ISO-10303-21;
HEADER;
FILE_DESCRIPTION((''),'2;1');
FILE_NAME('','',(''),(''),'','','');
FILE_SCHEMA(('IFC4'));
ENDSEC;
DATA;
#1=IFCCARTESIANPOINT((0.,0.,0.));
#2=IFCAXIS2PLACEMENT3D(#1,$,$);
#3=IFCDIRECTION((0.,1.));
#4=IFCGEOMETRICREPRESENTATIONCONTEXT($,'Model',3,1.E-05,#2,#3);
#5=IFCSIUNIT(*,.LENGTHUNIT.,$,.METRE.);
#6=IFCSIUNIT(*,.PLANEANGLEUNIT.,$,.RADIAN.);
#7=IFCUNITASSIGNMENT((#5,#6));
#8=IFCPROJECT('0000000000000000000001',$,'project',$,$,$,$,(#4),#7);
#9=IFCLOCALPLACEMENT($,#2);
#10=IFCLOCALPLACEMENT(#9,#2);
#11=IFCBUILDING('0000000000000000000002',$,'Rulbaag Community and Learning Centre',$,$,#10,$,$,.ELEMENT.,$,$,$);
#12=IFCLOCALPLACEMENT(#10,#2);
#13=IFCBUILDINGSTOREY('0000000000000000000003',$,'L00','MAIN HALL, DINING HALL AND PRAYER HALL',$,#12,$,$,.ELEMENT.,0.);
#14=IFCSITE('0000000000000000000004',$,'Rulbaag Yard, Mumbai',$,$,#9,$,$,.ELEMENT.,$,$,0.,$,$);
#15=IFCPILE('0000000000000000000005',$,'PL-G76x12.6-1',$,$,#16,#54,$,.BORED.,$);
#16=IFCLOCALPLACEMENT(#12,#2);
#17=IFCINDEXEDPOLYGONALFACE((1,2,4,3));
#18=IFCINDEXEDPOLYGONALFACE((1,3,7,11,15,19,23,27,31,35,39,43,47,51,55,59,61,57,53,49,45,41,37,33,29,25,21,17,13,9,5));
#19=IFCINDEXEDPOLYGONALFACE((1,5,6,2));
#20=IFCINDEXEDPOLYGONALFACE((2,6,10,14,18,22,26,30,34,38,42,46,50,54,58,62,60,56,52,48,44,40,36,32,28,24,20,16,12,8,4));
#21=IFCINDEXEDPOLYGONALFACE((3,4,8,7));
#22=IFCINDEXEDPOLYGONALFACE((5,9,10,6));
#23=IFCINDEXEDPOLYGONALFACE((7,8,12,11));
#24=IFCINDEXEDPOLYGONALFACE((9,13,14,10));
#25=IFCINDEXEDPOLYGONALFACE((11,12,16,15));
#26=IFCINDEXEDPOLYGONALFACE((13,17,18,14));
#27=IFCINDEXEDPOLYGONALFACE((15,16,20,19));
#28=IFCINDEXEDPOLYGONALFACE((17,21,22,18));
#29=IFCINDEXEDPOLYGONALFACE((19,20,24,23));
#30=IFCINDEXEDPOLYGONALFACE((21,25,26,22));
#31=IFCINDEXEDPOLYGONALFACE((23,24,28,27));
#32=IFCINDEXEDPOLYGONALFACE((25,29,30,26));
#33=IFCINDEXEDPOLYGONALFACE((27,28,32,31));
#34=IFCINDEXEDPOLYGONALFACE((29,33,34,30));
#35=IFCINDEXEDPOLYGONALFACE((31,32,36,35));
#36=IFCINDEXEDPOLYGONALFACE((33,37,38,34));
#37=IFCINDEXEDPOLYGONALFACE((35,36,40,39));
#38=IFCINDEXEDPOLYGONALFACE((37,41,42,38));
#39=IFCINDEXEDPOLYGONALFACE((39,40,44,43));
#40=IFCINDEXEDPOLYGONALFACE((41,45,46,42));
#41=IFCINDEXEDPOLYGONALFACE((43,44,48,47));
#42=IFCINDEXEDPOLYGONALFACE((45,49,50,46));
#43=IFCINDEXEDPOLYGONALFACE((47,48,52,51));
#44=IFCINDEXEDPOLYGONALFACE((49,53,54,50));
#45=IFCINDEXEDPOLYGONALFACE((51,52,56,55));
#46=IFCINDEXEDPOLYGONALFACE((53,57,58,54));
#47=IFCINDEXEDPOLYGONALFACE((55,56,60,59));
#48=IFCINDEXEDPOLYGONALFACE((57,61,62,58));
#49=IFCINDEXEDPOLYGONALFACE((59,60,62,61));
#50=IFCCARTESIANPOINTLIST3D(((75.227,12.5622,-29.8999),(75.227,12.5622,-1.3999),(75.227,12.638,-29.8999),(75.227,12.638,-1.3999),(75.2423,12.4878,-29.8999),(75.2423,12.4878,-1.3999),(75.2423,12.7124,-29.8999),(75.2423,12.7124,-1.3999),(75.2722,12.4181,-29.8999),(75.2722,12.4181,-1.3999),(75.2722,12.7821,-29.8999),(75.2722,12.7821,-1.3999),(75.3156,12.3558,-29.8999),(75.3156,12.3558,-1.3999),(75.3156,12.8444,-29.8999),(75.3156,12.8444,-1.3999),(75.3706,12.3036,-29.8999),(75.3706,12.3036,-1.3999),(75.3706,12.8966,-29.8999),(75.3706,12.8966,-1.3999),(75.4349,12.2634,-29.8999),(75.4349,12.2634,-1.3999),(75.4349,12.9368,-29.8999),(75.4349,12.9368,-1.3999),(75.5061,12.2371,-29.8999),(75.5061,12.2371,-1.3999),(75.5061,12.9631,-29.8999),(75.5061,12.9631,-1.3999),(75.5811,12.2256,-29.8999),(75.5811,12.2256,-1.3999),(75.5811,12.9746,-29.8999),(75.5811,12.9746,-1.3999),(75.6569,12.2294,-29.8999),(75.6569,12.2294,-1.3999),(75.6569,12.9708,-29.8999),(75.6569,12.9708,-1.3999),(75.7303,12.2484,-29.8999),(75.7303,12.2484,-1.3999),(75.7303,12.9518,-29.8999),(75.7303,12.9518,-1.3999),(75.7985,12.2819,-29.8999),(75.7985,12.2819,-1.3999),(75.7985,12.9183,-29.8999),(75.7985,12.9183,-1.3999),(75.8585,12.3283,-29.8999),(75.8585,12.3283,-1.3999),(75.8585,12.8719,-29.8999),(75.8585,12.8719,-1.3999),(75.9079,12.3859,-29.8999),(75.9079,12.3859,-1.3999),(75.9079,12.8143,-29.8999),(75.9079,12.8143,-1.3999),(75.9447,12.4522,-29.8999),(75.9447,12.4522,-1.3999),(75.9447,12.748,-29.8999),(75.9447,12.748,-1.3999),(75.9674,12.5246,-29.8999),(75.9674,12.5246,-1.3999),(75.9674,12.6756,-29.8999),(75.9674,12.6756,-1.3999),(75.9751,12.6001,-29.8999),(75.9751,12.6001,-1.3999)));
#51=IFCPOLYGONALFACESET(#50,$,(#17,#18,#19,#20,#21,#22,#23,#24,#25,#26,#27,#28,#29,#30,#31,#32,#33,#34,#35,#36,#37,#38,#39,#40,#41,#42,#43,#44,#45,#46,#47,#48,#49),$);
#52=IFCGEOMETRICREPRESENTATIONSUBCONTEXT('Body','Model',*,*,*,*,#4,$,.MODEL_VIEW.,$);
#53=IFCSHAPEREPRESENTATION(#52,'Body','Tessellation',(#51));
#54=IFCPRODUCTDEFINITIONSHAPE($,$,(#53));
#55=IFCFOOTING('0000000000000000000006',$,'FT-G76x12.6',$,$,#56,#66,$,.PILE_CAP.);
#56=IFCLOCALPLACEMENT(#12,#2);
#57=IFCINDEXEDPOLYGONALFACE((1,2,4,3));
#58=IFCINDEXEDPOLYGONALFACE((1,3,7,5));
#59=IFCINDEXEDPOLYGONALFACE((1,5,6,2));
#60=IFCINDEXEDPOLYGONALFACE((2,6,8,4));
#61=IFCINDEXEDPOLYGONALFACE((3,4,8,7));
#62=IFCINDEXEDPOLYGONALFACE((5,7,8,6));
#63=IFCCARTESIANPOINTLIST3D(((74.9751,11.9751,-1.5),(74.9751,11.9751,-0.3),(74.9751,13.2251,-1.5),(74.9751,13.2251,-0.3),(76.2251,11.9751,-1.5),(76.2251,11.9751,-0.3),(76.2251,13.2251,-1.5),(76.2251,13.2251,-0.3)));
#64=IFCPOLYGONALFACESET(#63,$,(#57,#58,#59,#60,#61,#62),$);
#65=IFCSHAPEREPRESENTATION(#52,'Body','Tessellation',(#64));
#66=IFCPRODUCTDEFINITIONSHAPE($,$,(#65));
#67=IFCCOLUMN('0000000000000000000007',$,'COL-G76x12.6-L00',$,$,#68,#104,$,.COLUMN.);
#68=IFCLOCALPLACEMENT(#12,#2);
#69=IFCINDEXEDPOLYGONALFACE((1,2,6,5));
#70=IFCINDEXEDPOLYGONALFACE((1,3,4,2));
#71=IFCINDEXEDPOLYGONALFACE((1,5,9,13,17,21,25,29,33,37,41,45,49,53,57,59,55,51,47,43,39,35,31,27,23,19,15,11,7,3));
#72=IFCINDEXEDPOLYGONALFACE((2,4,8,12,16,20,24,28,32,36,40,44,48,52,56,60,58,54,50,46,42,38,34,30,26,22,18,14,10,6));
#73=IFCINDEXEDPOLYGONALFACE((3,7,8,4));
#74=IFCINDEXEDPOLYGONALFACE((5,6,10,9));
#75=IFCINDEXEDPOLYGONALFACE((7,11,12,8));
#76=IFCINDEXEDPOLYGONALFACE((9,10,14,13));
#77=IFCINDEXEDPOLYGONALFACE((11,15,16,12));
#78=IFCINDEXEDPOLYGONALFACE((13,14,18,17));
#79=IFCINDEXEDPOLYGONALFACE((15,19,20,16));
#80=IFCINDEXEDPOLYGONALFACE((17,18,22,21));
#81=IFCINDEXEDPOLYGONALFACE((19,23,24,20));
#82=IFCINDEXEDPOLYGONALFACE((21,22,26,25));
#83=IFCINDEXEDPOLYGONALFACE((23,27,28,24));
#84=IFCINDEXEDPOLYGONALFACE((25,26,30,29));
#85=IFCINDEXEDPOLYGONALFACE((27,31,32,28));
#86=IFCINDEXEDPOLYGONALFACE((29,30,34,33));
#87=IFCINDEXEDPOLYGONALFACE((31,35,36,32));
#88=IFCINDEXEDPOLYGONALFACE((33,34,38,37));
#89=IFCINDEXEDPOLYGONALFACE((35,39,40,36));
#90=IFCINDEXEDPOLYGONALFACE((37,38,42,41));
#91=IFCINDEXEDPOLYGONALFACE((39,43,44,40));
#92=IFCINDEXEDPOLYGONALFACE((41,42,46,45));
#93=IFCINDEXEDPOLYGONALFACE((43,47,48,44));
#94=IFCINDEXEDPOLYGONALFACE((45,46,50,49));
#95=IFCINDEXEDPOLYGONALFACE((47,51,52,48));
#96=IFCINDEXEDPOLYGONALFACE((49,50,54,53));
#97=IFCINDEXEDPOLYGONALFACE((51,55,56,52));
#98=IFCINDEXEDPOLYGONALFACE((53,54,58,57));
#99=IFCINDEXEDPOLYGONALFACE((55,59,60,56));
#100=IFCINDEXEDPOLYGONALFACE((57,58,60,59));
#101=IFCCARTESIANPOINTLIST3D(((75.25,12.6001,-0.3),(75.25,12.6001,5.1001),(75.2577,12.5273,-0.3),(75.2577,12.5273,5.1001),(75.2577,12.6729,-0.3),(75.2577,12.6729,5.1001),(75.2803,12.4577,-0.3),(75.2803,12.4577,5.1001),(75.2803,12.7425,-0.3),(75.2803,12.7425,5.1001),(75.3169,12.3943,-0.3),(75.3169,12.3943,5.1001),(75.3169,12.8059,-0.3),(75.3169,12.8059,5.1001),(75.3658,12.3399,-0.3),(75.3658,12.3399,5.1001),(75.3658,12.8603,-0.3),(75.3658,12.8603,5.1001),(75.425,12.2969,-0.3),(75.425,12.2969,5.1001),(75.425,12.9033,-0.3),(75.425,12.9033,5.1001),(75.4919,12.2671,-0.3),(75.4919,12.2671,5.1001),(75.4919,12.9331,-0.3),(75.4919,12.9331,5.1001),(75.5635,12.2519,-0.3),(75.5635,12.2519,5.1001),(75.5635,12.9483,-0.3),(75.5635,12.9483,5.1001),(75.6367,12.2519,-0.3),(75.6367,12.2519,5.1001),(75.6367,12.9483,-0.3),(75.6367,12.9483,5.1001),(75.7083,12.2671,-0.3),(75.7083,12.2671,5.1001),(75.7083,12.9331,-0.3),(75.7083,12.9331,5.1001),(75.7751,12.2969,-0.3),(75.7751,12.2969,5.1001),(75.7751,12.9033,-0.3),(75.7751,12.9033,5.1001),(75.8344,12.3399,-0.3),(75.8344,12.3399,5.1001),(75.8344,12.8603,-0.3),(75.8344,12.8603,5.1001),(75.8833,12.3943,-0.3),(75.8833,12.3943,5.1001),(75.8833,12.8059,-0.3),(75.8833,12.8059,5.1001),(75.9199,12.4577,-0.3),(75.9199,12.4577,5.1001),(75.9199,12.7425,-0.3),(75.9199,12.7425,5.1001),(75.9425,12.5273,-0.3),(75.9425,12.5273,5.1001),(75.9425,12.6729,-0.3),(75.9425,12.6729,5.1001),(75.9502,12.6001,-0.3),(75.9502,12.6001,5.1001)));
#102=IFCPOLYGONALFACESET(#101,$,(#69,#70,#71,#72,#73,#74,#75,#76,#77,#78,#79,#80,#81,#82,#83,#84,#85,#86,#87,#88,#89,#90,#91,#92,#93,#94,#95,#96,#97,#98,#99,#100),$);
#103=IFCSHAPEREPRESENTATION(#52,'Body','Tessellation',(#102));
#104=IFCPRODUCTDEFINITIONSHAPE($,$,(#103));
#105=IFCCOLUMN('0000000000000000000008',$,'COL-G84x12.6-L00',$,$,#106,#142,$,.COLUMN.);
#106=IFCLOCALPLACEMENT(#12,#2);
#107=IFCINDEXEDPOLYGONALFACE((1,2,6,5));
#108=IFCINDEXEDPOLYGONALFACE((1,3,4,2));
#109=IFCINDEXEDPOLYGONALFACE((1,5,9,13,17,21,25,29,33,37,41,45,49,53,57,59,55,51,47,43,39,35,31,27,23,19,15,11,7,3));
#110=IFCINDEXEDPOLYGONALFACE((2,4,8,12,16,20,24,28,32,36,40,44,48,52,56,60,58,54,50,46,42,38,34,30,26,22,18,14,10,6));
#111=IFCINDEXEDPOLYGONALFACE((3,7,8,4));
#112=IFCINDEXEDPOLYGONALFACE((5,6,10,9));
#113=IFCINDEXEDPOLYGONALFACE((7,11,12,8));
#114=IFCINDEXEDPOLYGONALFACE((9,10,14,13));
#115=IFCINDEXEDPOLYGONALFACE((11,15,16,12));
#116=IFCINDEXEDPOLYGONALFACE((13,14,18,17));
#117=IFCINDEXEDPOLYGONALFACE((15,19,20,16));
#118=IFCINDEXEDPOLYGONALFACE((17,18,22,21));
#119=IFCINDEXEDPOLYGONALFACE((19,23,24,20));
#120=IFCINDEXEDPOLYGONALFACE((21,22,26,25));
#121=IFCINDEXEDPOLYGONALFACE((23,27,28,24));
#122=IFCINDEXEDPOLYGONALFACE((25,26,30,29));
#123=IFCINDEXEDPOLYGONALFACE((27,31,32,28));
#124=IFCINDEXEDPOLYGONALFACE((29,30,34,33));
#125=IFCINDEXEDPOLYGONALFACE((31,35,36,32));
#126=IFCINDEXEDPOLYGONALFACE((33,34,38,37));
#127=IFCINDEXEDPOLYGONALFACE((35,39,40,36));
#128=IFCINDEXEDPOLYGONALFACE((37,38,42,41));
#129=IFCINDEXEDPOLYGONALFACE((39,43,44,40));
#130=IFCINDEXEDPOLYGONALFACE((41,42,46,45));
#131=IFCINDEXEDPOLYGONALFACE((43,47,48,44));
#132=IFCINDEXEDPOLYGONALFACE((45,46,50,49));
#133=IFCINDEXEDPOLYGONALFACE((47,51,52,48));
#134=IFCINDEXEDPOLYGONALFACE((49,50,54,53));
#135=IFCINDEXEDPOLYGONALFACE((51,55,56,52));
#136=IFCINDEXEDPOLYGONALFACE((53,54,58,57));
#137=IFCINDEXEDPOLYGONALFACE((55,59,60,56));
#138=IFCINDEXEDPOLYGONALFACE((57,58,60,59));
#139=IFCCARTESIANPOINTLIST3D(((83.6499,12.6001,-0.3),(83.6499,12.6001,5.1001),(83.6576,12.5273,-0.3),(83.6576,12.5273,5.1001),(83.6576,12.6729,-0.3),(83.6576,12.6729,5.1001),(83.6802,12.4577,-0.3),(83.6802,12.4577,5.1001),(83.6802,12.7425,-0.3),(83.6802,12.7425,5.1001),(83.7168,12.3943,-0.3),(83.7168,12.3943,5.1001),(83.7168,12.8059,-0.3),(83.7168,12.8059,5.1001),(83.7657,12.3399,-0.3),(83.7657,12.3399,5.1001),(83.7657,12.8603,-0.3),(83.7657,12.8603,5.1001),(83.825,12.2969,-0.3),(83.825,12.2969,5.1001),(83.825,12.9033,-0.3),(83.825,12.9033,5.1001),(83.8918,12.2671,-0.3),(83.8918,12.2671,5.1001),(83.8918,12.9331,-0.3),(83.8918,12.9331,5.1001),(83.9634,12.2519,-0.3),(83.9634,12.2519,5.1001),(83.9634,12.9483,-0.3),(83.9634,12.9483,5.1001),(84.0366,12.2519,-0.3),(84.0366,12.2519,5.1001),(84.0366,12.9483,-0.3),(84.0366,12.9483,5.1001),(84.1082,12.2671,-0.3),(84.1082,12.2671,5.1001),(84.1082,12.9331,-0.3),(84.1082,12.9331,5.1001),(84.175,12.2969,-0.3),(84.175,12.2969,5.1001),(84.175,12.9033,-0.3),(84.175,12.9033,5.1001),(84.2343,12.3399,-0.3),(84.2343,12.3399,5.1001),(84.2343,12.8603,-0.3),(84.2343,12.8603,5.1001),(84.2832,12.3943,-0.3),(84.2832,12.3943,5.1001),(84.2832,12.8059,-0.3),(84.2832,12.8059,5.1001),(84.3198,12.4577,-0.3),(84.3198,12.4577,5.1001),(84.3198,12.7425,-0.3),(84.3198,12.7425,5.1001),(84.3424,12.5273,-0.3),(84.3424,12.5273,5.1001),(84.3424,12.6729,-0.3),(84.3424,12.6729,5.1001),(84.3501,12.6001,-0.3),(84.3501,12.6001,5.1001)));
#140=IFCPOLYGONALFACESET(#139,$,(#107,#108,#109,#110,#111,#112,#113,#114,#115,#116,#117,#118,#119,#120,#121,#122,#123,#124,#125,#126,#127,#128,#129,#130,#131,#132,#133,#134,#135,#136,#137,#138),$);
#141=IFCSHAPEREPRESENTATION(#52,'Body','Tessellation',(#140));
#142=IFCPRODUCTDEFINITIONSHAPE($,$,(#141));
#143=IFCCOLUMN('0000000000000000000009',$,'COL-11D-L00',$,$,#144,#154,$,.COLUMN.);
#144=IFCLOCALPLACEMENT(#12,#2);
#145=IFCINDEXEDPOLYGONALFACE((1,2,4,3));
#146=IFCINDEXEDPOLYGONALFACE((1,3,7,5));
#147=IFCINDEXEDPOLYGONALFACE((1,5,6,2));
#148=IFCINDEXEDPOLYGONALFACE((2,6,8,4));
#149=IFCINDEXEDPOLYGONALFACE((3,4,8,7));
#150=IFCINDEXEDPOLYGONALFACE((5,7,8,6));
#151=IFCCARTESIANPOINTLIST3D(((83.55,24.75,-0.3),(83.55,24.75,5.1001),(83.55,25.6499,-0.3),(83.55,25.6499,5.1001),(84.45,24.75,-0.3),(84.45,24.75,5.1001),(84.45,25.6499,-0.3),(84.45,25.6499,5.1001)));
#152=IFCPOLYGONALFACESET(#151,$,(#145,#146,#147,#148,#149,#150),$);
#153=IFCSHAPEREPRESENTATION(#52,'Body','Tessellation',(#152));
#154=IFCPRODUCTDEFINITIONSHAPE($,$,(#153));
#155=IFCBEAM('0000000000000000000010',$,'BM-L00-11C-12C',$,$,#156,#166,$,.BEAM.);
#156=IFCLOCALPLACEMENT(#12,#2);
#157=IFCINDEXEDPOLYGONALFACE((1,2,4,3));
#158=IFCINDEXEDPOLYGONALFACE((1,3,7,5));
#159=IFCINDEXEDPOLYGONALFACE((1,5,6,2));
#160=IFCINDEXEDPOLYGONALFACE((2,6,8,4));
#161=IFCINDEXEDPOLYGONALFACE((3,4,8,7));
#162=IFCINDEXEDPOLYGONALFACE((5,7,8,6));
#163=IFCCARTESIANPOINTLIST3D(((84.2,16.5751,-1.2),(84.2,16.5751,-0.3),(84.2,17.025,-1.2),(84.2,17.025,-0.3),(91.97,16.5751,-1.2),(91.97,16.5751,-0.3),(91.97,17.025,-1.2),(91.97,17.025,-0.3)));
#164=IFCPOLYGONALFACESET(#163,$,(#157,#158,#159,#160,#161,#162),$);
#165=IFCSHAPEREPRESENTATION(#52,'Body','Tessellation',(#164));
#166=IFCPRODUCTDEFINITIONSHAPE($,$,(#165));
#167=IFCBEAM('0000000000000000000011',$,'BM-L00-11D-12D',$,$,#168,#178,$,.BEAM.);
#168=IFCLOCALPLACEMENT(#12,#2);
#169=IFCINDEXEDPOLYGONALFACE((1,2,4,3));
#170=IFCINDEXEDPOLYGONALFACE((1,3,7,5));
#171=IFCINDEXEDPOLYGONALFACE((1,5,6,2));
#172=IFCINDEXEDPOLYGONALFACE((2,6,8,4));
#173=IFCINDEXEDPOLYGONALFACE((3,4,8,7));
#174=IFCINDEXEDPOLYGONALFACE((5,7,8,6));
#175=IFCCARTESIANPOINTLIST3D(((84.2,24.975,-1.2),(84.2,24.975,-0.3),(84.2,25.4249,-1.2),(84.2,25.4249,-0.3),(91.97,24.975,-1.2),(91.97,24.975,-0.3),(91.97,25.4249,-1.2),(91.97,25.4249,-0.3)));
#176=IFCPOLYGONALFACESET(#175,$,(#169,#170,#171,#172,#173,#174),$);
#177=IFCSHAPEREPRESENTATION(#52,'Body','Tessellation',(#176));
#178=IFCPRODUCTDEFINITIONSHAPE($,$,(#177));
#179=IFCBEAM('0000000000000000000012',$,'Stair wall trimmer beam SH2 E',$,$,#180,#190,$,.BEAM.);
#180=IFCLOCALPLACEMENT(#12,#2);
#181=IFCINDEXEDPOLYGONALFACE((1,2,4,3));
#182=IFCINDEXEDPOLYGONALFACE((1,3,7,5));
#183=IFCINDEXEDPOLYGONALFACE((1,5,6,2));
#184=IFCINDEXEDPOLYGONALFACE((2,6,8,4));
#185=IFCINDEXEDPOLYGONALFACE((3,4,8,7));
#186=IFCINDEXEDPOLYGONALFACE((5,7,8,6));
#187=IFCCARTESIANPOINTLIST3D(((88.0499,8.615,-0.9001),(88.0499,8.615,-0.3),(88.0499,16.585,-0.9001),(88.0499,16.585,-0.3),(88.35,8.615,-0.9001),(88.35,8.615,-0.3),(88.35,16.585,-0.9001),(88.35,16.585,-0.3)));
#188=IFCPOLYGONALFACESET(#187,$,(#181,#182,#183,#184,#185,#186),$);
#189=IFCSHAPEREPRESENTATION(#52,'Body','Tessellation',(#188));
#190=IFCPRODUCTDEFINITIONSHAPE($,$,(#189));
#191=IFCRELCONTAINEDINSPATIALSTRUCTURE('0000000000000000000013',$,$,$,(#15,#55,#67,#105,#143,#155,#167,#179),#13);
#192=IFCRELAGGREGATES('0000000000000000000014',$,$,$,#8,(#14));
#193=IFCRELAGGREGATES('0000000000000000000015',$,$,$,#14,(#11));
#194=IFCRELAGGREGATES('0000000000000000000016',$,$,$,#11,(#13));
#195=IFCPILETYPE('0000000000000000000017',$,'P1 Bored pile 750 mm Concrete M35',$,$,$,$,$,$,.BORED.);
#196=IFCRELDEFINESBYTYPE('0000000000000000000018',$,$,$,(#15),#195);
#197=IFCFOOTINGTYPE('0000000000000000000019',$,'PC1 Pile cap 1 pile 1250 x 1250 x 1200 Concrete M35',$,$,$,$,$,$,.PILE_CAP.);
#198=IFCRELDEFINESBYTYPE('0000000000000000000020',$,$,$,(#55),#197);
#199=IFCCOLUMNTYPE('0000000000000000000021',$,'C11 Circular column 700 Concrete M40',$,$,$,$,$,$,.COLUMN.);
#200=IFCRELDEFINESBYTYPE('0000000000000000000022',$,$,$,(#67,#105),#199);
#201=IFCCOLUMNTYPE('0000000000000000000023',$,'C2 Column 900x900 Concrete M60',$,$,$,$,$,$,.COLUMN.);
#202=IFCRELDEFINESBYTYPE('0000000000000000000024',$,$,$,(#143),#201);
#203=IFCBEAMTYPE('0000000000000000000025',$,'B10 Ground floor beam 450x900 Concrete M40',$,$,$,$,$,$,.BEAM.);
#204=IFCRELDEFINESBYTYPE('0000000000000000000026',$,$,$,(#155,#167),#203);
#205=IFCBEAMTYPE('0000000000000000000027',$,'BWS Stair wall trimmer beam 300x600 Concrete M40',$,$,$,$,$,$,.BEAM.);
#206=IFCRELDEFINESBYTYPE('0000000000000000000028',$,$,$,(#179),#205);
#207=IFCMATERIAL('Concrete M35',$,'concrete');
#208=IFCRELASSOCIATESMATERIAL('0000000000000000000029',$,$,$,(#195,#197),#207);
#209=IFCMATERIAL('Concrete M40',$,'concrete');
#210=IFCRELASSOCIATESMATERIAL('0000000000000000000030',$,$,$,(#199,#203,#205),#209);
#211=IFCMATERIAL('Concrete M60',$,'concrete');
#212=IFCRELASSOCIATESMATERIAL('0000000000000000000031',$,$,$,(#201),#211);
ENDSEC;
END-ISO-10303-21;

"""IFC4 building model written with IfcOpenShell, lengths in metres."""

from ifc_helpers import new_model, si_unit, direction, frame, origin, origin_2d, place, context, subcontext, project, spatial, rectangle, circle, extrude, material, material_profile, profile_set, type_object, element, save


model = new_model("IFC4")

# Units and contexts
model_context = context("Model", 3, precision=1e-05, world=origin(), true_north=direction((0.0, 1.0)))
body_context = subcontext(model_context, "Body", "Model", "MODEL_VIEW")
ifc_project = project(units=[si_unit("LENGTHUNIT", "METRE"), si_unit("PLANEANGLEUNIT", "RADIAN")], contexts=[model_context])

# Site, building, storey
site_placement = place(None, origin())
site = spatial("IfcSite", under=ifc_project, at=site_placement, Name="Rulbaag Yard, Mumbai", CompositionType="ELEMENT", RefElevation=0.0)
building_placement = place(site_placement, origin())
building = spatial("IfcBuilding", under=site, at=building_placement, Name="Rulbaag Community and Learning Centre", CompositionType="ELEMENT")
storey_placement = place(building_placement, origin())
storey = spatial("IfcBuildingStorey", under=building, at=storey_placement, Name="L00", Description="MAIN HALL, DINING HALL AND PRAYER HALL", CompositionType="ELEMENT", Elevation=0.0)

# Pile
ifc_material_1 = material(Name="Concrete M35", Category="concrete")
ifc_material_profile_1 = material_profile(ifc_material_1, circle(Radius=0.375, at=origin_2d()), Name="BP750")
ifc_profile_set_1 = profile_set([ifc_material_profile_1], Name="Concrete M35")
pile_type = type_object("IfcPileType", Name="P1 Bored pile 750 mm Concrete M35", PredefinedType="BORED", material=ifc_profile_set_1)
pile_placement = place(storey_placement, frame((75.6001, 12.6001, -1.3999), z_axis=(0.0, 0.0, -1.0), x_axis=(1.0, 0.0, 0.0)))
element("IfcPile", 1, at=pile_placement, inside=storey, type_object=pile_type, Name="PL-G76x12.6-1", PredefinedType="BORED", context=body_context, shape_type="SweptSolid", body=[
    extrude(circle(Radius=0.375, at=origin_2d()), origin(), (0.0, 0.0, 1.0), 28.5),
])

# Footing
footing_type = type_object("IfcFootingType", Name="PC1 Pile cap 1 pile 1250 x 1250 x 1200 Concrete M35", PredefinedType="PILE_CAP", material=ifc_material_1)
footing_placement = place(storey_placement, frame((75.6001, 12.6001, -1.5), z_axis=(0.0, 0.0, 1.0), x_axis=(1.0, 0.0, 0.0)))
element("IfcFooting", 2, at=footing_placement, inside=storey, type_object=footing_type, Name="FT-G76x12.6", PredefinedType="PILE_CAP", context=body_context, shape_type="SweptSolid", body=[
    extrude(rectangle(XDim=1.25, YDim=1.25, at=origin_2d()), origin(), (0.0, 0.0, 1.0), 1.2),
])

# Columns
ifc_material_2 = material(Name="Concrete M40", Category="concrete")
ifc_material_profile_2 = material_profile(ifc_material_2, circle(Radius=0.3501, at=origin_2d()), Name="RD700")
ifc_profile_set_2 = profile_set([ifc_material_profile_2], Name="Concrete M40")
column_type_1 = type_object("IfcColumnType", Name="C11 Circular column 700 Concrete M40", PredefinedType="COLUMN", material=ifc_profile_set_2)
for number, where, z_axis, x_axis, name in (
    (3, (75.6001, 12.6001, -0.3), (0.0, 0.0, 1.0), (1.0, 0.0, 0.0), "COL-G76x12.6-L00"),
    (4, (84.0, 12.6001, -0.3), (0.0, 0.0, 1.0), (1.0, 0.0, 0.0), "COL-G84x12.6-L00"),
):
    element("IfcColumn", number, at=place(storey_placement, frame(where, z_axis=z_axis, x_axis=x_axis)), inside=storey, type_object=column_type_1, Name=name, PredefinedType="COLUMN", context=body_context, shape_type="SweptSolid", body=[
        extrude(circle(Radius=0.3501, at=origin_2d()), origin(), (0.0, 0.0, 1.0), 5.4001),
    ])
ifc_material_3 = material(Name="Concrete M60", Category="concrete")
ifc_material_profile_3 = material_profile(ifc_material_3, rectangle(XDim=0.8999, YDim=0.8999, at=origin_2d()), Name="RC900x900")
ifc_profile_set_3 = profile_set([ifc_material_profile_3], Name="Concrete M60")
column_type_2 = type_object("IfcColumnType", Name="C2 Column 900x900 Concrete M60", PredefinedType="COLUMN", material=ifc_profile_set_3)
column_placement = place(storey_placement, frame((84.0, 25.2, -0.3), z_axis=(0.0, 0.0, 1.0), x_axis=(1.0, 0.0, 0.0)))
element("IfcColumn", 5, at=column_placement, inside=storey, type_object=column_type_2, Name="COL-11D-L00", PredefinedType="COLUMN", context=body_context, shape_type="SweptSolid", body=[
    extrude(rectangle(XDim=0.8999, YDim=0.8999, at=origin_2d()), origin(), (0.0, 0.0, 1.0), 5.4001),
])

# Beams
ifc_material_profile_4 = material_profile(ifc_material_2, rectangle(XDim=0.45, YDim=0.8999, at=origin_2d()), Name="RB450x900")
ifc_profile_set_4 = profile_set([ifc_material_profile_4], Name="Concrete M40")
beam_type_1 = type_object("IfcBeamType", Name="B10 Ground floor beam 450x900 Concrete M40", PredefinedType="BEAM", material=ifc_profile_set_4)
for number, where, z_axis, x_axis, name in (
    (6, (84.2, 16.8, -0.75), (1.0, 0.0, 0.0), (0.0, 1.0, 0.0), "BM-L00-11C-12C"),
    (7, (84.2, 25.2, -0.75), (1.0, 0.0, 0.0), (0.0, 1.0, 0.0), "BM-L00-11D-12D"),
):
    element("IfcBeam", number, at=place(storey_placement, frame(where, z_axis=z_axis, x_axis=x_axis)), inside=storey, type_object=beam_type_1, Name=name, PredefinedType="BEAM", context=body_context, shape_type="SweptSolid", body=[
        extrude(rectangle(XDim=0.45, YDim=0.8999, at=origin_2d()), origin(), (0.0, 0.0, 1.0), 7.77),
    ])
ifc_material_profile_5 = material_profile(ifc_material_2, rectangle(XDim=0.3, YDim=0.6001, at=origin_2d()), Name="RB300x600")
ifc_profile_set_5 = profile_set([ifc_material_profile_5], Name="Concrete M40")
beam_type_2 = type_object("IfcBeamType", Name="BWS Stair wall trimmer beam 300x600 Concrete M40", PredefinedType="BEAM", material=ifc_profile_set_5)
beam_placement = place(storey_placement, frame((88.2, 8.615, -0.6001), z_axis=(0.0, 1.0, 0.0), x_axis=(-1.0, 0.0, 0.0)))
element("IfcBeam", 8, at=beam_placement, inside=storey, type_object=beam_type_2, Name="Stair wall trimmer beam SH2 E", PredefinedType="BEAM", context=body_context, shape_type="SweptSolid", body=[
    extrude(rectangle(XDim=0.3, YDim=0.6001, at=origin_2d()), origin(), (0.0, 0.0, 1.0), 7.97),
])

save(model, "model.ifc")
